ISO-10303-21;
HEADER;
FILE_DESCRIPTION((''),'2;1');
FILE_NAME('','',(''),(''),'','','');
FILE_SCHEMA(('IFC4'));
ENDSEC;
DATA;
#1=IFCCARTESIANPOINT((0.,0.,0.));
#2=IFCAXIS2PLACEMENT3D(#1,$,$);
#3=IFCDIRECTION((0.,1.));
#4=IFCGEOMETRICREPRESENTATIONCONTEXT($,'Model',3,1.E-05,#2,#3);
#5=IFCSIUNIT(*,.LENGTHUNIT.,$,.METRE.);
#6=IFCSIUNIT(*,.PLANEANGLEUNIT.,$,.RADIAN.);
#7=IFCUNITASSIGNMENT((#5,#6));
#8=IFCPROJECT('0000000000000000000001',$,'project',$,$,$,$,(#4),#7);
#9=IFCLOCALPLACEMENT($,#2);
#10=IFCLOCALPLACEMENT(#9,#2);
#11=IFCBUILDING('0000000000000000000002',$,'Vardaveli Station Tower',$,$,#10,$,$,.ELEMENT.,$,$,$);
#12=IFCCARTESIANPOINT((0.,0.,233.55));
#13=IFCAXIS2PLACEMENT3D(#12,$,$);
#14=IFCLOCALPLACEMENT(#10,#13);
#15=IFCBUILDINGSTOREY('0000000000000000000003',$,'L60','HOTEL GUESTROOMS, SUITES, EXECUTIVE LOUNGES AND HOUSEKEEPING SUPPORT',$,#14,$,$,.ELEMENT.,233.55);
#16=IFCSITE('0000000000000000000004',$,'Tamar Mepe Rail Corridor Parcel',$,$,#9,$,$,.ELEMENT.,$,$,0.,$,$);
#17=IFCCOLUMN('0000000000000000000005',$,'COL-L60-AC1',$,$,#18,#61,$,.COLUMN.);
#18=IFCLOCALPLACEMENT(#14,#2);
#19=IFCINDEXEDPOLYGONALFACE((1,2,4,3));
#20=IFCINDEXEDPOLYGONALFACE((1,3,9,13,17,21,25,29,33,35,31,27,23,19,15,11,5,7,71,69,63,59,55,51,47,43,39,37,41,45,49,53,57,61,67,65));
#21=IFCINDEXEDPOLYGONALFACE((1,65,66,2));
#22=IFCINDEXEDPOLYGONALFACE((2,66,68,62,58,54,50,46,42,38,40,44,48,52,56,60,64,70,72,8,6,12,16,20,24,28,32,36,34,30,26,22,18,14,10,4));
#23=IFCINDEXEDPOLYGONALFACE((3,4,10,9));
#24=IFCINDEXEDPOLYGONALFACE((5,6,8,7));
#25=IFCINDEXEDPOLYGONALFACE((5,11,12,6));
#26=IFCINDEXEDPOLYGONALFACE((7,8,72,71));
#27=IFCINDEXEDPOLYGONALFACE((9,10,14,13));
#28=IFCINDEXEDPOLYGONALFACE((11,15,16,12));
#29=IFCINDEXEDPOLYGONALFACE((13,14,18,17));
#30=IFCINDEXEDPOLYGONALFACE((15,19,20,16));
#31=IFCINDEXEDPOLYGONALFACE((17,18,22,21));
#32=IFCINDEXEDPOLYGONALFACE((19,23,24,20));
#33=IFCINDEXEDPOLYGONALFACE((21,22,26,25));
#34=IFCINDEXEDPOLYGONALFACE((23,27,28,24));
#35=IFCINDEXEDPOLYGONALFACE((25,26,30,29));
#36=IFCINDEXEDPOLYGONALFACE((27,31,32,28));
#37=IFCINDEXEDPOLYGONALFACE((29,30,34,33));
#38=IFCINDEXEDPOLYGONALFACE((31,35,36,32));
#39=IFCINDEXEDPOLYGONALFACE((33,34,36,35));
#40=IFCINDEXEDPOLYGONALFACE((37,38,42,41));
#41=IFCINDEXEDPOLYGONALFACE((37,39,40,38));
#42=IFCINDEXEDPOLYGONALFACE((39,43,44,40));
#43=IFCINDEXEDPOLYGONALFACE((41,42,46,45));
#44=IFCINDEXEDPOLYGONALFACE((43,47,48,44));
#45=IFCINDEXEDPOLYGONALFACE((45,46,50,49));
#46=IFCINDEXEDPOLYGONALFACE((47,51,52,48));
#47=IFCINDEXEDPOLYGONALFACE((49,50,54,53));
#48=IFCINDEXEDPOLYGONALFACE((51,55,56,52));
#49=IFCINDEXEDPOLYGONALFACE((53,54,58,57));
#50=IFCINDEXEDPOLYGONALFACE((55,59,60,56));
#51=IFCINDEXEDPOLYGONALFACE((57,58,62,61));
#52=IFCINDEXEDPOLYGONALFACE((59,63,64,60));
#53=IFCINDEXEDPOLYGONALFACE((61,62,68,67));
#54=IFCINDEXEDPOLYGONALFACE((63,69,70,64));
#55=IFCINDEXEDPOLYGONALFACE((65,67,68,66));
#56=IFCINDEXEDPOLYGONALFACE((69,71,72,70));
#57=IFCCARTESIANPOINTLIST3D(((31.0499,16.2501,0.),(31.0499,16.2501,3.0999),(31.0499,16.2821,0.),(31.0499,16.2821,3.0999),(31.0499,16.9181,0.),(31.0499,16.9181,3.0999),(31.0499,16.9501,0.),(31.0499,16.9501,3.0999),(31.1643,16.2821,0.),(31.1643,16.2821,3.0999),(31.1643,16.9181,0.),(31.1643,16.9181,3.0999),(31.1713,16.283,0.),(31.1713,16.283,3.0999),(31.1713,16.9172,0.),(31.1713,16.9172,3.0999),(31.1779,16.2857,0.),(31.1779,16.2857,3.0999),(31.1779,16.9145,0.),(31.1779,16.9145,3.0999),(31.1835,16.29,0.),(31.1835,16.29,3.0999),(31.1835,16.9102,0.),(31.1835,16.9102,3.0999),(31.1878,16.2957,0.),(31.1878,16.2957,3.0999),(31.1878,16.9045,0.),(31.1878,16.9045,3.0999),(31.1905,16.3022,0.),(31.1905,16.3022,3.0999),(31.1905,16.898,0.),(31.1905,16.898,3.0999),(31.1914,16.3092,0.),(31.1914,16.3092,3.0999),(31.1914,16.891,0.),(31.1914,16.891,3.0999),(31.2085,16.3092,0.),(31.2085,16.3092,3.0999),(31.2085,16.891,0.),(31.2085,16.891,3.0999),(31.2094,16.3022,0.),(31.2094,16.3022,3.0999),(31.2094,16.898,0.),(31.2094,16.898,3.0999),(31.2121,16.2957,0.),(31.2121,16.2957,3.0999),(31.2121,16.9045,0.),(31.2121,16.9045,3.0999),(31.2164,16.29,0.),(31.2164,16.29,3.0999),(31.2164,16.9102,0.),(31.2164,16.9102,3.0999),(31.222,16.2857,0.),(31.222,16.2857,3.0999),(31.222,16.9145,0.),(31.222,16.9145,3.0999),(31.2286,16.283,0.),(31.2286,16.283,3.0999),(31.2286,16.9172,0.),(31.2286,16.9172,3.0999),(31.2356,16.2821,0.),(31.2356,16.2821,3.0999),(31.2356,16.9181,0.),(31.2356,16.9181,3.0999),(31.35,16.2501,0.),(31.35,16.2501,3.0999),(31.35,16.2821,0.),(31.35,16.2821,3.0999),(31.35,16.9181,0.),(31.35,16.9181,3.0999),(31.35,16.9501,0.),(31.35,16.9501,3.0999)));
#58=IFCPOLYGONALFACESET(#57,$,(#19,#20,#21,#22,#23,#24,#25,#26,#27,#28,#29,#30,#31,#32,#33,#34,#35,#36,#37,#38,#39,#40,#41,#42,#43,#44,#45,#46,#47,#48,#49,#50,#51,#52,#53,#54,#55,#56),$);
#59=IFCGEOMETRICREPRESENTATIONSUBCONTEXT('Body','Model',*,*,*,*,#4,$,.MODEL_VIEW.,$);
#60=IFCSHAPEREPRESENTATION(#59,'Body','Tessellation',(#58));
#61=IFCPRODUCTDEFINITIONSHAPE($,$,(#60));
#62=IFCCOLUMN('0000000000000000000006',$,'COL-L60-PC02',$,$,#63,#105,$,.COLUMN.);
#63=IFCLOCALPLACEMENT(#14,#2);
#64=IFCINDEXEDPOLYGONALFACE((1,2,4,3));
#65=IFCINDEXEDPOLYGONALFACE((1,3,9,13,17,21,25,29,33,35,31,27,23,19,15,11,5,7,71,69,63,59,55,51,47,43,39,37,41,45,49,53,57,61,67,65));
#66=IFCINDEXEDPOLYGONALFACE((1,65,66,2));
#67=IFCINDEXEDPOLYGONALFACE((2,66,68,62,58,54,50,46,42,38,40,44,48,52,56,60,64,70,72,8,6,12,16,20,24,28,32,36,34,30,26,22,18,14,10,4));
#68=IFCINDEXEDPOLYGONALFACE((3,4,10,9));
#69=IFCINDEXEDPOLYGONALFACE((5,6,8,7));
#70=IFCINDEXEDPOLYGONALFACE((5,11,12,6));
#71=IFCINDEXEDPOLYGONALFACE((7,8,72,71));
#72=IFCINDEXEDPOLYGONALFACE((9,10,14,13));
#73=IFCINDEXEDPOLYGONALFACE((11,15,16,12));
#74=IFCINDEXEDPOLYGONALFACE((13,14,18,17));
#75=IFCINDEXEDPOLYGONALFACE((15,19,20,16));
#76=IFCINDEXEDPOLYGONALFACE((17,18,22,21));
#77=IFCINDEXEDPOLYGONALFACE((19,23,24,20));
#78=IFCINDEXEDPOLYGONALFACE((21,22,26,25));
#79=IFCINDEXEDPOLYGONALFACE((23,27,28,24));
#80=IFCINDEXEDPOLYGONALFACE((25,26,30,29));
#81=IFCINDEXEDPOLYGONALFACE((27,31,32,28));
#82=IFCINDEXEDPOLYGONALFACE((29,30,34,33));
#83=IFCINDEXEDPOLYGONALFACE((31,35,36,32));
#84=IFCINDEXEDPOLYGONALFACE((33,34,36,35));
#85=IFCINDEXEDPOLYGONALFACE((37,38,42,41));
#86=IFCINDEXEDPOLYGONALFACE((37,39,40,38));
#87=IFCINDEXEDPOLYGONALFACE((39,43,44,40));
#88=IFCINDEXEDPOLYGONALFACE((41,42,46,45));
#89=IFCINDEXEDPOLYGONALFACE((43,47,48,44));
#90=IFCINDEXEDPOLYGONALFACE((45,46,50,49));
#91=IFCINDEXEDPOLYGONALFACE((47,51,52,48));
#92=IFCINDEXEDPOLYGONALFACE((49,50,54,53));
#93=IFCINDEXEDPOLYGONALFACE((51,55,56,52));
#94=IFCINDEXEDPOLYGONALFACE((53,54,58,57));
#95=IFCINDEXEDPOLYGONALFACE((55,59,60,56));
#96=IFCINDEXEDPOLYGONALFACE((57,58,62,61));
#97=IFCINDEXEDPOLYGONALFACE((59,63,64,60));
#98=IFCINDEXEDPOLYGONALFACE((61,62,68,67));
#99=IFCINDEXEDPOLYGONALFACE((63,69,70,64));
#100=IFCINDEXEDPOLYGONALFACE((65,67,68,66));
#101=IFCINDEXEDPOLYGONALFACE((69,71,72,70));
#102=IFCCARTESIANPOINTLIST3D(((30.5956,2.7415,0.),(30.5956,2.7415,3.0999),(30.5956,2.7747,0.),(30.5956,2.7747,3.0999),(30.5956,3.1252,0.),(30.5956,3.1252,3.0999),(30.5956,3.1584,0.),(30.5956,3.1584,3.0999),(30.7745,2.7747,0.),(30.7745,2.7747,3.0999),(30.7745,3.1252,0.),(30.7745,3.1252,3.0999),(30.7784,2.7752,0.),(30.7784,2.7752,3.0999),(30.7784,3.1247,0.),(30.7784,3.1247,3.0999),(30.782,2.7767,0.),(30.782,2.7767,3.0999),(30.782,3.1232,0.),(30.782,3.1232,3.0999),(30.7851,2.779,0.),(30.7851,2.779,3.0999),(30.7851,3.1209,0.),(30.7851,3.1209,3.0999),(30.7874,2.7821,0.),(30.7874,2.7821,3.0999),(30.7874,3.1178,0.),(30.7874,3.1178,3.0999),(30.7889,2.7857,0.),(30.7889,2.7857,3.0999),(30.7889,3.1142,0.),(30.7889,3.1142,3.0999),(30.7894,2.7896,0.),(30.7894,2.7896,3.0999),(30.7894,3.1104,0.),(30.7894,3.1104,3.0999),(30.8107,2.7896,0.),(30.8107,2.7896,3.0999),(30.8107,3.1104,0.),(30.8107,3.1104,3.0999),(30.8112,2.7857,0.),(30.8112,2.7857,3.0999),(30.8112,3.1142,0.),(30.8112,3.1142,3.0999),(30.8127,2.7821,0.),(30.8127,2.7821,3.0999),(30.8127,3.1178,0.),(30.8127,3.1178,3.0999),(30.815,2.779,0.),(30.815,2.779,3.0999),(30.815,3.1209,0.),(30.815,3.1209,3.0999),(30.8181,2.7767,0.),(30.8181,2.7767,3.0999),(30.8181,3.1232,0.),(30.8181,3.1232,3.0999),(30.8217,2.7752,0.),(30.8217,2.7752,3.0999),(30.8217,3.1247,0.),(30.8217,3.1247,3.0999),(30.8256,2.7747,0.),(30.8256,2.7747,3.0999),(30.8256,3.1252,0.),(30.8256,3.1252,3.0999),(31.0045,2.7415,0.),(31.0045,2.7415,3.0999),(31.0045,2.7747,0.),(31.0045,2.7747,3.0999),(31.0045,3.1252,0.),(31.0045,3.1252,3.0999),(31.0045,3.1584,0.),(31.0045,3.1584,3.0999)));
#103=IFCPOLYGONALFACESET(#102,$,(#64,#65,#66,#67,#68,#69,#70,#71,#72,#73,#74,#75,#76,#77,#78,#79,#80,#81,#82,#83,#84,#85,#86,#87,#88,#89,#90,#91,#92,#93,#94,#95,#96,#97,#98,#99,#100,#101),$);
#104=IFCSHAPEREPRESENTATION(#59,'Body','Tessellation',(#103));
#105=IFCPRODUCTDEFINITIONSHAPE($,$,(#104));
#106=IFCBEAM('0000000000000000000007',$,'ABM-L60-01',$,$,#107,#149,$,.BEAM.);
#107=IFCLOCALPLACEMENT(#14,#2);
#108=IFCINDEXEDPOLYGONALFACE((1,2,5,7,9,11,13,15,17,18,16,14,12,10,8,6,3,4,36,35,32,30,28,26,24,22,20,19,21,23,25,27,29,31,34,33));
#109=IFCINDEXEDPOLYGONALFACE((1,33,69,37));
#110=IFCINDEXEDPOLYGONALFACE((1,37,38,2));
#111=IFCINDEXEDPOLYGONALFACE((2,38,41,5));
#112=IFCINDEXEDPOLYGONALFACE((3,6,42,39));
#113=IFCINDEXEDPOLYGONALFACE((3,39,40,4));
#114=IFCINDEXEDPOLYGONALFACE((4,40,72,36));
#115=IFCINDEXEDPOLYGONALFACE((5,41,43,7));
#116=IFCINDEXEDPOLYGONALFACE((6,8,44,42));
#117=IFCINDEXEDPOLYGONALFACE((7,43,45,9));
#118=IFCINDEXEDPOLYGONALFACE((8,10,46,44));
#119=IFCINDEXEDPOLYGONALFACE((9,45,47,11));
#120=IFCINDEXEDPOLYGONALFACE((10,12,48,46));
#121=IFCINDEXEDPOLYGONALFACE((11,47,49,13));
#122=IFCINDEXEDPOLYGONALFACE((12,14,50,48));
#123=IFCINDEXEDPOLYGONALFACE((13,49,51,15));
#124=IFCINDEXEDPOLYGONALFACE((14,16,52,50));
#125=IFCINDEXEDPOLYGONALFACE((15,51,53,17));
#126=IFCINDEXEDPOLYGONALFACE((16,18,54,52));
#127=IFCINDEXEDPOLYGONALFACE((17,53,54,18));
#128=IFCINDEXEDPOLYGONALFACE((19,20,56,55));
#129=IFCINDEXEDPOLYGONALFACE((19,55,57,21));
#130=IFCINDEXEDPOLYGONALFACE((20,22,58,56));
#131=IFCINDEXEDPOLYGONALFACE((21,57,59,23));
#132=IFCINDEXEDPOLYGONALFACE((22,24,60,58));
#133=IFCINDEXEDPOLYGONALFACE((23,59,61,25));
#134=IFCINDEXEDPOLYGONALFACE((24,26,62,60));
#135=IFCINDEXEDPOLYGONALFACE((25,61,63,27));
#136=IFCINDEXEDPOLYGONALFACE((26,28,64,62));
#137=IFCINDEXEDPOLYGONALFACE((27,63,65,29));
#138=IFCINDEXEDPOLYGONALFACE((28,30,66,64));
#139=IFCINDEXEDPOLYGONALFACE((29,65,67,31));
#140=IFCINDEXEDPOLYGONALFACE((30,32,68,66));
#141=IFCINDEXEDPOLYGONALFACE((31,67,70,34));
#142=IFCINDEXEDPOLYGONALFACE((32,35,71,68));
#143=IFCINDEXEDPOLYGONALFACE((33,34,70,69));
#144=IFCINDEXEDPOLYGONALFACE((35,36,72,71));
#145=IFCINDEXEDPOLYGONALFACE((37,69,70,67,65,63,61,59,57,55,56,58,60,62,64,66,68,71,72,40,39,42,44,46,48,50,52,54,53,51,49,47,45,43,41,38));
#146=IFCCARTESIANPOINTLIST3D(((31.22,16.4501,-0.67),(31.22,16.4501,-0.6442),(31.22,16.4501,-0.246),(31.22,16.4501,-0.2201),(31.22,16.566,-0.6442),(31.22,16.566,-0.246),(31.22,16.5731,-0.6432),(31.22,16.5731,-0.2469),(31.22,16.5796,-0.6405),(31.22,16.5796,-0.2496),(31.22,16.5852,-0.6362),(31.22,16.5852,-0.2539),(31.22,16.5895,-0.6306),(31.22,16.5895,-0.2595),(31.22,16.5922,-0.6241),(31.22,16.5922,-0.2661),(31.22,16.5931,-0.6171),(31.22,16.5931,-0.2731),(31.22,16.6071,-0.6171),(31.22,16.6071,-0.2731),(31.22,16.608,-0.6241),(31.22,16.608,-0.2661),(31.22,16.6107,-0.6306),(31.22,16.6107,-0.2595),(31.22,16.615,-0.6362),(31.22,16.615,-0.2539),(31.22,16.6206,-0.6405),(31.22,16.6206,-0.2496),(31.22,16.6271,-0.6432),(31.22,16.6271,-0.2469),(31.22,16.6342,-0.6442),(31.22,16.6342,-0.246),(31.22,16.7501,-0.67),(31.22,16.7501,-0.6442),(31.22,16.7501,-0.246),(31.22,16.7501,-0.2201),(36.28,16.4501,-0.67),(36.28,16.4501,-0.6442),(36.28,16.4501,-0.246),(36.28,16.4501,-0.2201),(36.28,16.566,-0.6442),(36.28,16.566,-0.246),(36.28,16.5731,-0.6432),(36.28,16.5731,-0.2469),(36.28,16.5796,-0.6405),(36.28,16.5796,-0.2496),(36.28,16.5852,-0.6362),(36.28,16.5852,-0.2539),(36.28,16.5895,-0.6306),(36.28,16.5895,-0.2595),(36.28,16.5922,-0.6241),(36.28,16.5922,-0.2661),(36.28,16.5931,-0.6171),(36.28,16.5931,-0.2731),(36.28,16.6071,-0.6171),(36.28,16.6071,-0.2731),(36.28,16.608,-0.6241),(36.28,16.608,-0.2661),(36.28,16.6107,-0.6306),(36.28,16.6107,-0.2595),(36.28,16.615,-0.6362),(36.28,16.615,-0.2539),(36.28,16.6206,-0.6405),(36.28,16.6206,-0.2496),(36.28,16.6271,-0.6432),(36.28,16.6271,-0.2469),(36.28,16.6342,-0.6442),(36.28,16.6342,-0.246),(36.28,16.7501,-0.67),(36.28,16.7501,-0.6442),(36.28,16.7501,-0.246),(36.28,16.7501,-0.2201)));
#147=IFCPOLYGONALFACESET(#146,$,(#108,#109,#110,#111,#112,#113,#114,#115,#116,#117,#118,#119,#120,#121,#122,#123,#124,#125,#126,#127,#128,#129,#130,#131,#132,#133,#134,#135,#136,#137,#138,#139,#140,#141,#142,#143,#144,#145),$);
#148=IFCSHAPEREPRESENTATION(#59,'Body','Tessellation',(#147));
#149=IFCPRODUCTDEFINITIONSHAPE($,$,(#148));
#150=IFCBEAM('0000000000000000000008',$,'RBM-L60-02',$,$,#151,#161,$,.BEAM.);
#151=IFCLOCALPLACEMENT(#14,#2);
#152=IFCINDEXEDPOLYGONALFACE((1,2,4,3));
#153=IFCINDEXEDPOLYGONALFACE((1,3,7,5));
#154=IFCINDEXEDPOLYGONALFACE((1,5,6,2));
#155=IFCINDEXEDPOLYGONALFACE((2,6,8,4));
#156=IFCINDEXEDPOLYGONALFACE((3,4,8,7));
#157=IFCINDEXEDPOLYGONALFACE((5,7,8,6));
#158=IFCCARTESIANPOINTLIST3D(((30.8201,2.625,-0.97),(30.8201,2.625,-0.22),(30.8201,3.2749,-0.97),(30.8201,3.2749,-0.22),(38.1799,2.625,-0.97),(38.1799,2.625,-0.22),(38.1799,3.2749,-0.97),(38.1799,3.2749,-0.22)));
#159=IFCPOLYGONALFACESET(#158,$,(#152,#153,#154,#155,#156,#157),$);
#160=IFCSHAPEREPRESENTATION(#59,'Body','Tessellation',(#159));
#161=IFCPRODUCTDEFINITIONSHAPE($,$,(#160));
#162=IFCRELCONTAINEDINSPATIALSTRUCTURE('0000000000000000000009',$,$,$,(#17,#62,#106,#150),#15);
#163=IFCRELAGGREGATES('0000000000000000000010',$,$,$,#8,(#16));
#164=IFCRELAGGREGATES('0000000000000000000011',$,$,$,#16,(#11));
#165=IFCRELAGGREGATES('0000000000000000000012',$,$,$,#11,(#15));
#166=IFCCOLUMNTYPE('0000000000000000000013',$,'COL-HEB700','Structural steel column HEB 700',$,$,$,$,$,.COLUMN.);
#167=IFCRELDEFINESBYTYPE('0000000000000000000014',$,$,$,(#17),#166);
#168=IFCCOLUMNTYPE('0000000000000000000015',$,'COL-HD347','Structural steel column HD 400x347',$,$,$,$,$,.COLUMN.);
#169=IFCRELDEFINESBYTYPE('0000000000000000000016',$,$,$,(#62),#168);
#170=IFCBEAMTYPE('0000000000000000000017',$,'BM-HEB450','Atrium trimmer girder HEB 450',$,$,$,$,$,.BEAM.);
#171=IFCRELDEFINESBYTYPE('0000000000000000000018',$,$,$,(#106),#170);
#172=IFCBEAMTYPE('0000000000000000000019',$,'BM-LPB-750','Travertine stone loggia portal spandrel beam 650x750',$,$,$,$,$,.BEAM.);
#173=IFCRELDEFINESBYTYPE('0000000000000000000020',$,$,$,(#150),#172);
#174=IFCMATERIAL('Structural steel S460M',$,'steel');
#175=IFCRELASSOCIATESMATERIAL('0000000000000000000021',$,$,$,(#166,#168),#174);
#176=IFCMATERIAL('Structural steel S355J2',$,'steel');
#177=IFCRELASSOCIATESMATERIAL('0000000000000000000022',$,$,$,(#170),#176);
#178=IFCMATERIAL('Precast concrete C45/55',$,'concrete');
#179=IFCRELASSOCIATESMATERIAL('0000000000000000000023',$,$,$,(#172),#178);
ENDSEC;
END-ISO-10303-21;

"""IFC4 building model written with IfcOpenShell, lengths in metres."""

from ifc_helpers import new_model, si_unit, direction, frame, origin, origin_2d, place, context, subcontext, project, spatial, rectangle, i_section, extrude, source, transform, mapped, material, material_profile, profile_set, type_object, element, save


model = new_model("IFC4")

# Units and contexts
model_context = context("Model", 3, precision=1e-05, world=origin(), true_north=direction((0.0, 1.0)))
body_context = subcontext(model_context, "Body", "Model", "MODEL_VIEW")
ifc_project = project(units=[si_unit("LENGTHUNIT", "METRE"), si_unit("PLANEANGLEUNIT", "RADIAN")], contexts=[model_context])

# Site, building, storey
site_placement = place(None, origin())
site = spatial("IfcSite", under=ifc_project, at=site_placement, Name="Tamar Mepe Rail Corridor Parcel", CompositionType="ELEMENT", RefElevation=0.0)
building_placement = place(site_placement, origin())
building = spatial("IfcBuilding", under=site, at=building_placement, Name="Vardaveli Station Tower", CompositionType="ELEMENT")
storey_placement = place(building_placement, frame((0.0, 0.0, 233.55)))
storey = spatial("IfcBuildingStorey", under=building, at=storey_placement, Name="L60", Description="HOTEL GUESTROOMS, SUITES, EXECUTIVE LOUNGES AND HOUSEKEEPING SUPPORT", CompositionType="ELEMENT", Elevation=233.55)

# Columns
ifc_material_1 = material(Name="Structural steel S460M", Category="steel")
ifc_material_profile_1 = material_profile(ifc_material_1, i_section(OverallWidth=0.3, OverallDepth=0.7, WebThickness=0.0171, FlangeThickness=0.032, FilletRadius=0.0271, at=origin_2d()), Name="HEB 700")
ifc_profile_set_1 = profile_set([ifc_material_profile_1], Name="Structural steel S460M")
column_type_1 = type_object("IfcColumnType", Name="COL-HEB700", Description="Structural steel column HEB 700", PredefinedType="COLUMN", material=ifc_profile_set_1)
shared_shape_1 = source(origin(), body_context, "Body", "SweptSolid", [
    extrude(i_section(OverallWidth=0.3, OverallDepth=0.7, WebThickness=0.0171, FlangeThickness=0.032, FilletRadius=0.0271, at=origin_2d()), origin(), (0.0, 0.0, 1.0), 3.0999),
])
column_1_placement = place(storey_placement, frame((31.2, 16.6001, 0.0), z_axis=(0.0, 0.0, 1.0), x_axis=(1.0, 0.0, 0.0)))
element("IfcColumn", 1, at=column_1_placement, inside=storey, type_object=column_type_1, Name="COL-L60-AC1", PredefinedType="COLUMN", context=body_context, shape_type="MappedRepresentation", body=[
    mapped(shared_shape_1, transform((0.0, 0.0, 0.0), scale=1.0)),
])
ifc_material_profile_2 = material_profile(ifc_material_1, i_section(OverallWidth=0.4089, OverallDepth=0.417, WebThickness=0.0212, FlangeThickness=0.0332, FilletRadius=0.0149, at=origin_2d()), Name="HD 400x347")
ifc_profile_set_2 = profile_set([ifc_material_profile_2], Name="Structural steel S460M")
column_type_2 = type_object("IfcColumnType", Name="COL-HD347", Description="Structural steel column HD 400x347", PredefinedType="COLUMN", material=ifc_profile_set_2)
shared_shape_2 = source(origin(), body_context, "Body", "SweptSolid", [
    extrude(i_section(OverallWidth=0.4089, OverallDepth=0.417, WebThickness=0.0212, FlangeThickness=0.0332, FilletRadius=0.0149, at=origin_2d()), origin(), (0.0, 0.0, 1.0), 3.0999),
])
column_2_placement = place(storey_placement, frame((30.8, 2.95, 0.0), z_axis=(0.0, 0.0, 1.0), x_axis=(1.0, 0.0, 0.0)))
element("IfcColumn", 2, at=column_2_placement, inside=storey, type_object=column_type_2, Name="COL-L60-PC02", PredefinedType="COLUMN", context=body_context, shape_type="MappedRepresentation", body=[
    mapped(shared_shape_2, transform((0.0, 0.0, 0.0), scale=1.0)),
])

# Beams
ifc_material_2 = material(Name="Structural steel S355J2", Category="steel")
ifc_material_profile_3 = material_profile(ifc_material_2, i_section(OverallWidth=0.3, OverallDepth=0.45, WebThickness=0.0139, FlangeThickness=0.0259, FilletRadius=0.0271, at=origin_2d()), Name="HEB 450")
ifc_profile_set_3 = profile_set([ifc_material_profile_3], Name="Structural steel S355J2")
beam_type_1 = type_object("IfcBeamType", Name="BM-HEB450", Description="Atrium trimmer girder HEB 450", PredefinedType="BEAM", material=ifc_profile_set_3)
shared_shape_3 = source(origin(), body_context, "Body", "SweptSolid", [
    extrude(i_section(OverallWidth=0.3, OverallDepth=0.45, WebThickness=0.0139, FlangeThickness=0.0259, FilletRadius=0.0271, at=origin_2d()), origin(), (0.0, 0.0, 1.0), 5.0601),
])
beam_1_placement = place(storey_placement, frame((31.22, 16.6001, -0.4451), z_axis=(1.0, 0.0, 0.0), x_axis=(0.0, 1.0, 0.0)))
element("IfcBeam", 3, at=beam_1_placement, inside=storey, type_object=beam_type_1, Name="ABM-L60-01", PredefinedType="BEAM", context=body_context, shape_type="MappedRepresentation", body=[
    mapped(shared_shape_3, transform((0.0, 0.0, 0.0), scale=1.0)),
])
ifc_material_3 = material(Name="Precast concrete C45/55", Category="concrete")
ifc_material_profile_4 = material_profile(ifc_material_3, rectangle(XDim=0.6499, YDim=0.75, at=origin_2d()), Name="LPB 650x750")
ifc_profile_set_4 = profile_set([ifc_material_profile_4], Name="Precast concrete C45/55")
beam_type_2 = type_object("IfcBeamType", Name="BM-LPB-750", Description="Travertine stone loggia portal spandrel beam 650x750", PredefinedType="BEAM", material=ifc_profile_set_4)
shared_shape_4 = source(origin(), body_context, "Body", "SweptSolid", [
    extrude(rectangle(XDim=0.6499, YDim=0.75, at=origin_2d()), origin(), (0.0, 0.0, 1.0), 7.3599),
])
beam_2_placement = place(storey_placement, frame((30.8201, 2.95, -0.595), z_axis=(1.0, 0.0, 0.0), x_axis=(0.0, 1.0, 0.0)))
element("IfcBeam", 4, at=beam_2_placement, inside=storey, type_object=beam_type_2, Name="RBM-L60-02", PredefinedType="BEAM", context=body_context, shape_type="MappedRepresentation", body=[
    mapped(shared_shape_4, transform((0.0, 0.0, 0.0), scale=1.0)),
])

save(model, "model.ifc")
